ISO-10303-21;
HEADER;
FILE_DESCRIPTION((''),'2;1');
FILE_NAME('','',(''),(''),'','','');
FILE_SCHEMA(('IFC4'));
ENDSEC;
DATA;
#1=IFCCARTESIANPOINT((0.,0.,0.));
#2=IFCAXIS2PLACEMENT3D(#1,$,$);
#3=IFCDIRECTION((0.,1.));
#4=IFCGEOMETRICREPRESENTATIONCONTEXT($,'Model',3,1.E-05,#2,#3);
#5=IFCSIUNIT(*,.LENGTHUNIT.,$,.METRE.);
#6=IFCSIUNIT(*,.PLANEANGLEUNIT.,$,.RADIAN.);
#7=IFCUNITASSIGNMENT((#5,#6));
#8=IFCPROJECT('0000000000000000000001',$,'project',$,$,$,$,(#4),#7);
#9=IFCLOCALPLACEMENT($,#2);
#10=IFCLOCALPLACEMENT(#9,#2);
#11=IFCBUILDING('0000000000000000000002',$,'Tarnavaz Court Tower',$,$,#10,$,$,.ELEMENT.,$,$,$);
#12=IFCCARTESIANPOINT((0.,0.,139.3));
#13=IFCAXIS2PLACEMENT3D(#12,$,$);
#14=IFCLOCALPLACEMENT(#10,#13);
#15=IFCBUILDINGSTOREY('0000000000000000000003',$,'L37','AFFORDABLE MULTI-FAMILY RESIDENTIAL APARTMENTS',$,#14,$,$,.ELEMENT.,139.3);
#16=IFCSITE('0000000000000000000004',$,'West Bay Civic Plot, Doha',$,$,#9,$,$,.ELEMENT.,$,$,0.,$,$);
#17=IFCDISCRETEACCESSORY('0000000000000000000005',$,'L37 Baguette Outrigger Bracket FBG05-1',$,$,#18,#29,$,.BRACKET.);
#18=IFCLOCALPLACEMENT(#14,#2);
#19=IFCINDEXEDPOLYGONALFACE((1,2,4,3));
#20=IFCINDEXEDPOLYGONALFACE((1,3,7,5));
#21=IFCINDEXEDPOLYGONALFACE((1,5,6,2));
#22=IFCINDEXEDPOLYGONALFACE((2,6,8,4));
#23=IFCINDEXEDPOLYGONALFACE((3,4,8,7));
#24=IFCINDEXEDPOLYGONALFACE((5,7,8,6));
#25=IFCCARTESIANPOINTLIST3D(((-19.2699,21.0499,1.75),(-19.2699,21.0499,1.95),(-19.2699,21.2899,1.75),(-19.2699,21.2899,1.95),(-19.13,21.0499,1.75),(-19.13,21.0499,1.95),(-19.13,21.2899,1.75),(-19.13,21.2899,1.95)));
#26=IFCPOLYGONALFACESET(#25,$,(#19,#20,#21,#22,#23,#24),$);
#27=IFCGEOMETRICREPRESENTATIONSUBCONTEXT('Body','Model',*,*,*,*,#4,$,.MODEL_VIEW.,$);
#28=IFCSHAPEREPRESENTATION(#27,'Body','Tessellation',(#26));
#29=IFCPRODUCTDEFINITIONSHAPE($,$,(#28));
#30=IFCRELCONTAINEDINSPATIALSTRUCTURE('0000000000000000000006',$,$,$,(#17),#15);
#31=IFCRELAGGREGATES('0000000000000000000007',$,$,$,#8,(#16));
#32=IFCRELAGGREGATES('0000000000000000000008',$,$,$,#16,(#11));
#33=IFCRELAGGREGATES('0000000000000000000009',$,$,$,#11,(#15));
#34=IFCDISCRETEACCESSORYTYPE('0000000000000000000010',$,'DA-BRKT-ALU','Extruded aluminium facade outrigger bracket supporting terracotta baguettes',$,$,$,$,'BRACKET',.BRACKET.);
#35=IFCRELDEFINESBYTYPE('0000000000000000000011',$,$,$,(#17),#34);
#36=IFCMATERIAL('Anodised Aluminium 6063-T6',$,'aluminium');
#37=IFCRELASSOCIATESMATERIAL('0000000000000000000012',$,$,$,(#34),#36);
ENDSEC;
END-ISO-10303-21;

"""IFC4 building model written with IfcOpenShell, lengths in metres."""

from ifc_helpers import new_model, si_unit, direction, frame, origin, origin_2d, place, context, subcontext, project, spatial, rectangle, extrude, material, type_object, element, save


model = new_model("IFC4")

# Units and contexts
model_context = context("Model", 3, precision=1e-05, world=origin(), true_north=direction((0.0, 1.0)))
body_context = subcontext(model_context, "Body", "Model", "MODEL_VIEW")
ifc_project = project(units=[si_unit("LENGTHUNIT", "METRE"), si_unit("PLANEANGLEUNIT", "RADIAN")], contexts=[model_context])

# Site, building, storey
site_placement = place(None, origin())
site = spatial("IfcSite", under=ifc_project, at=site_placement, Name="West Bay Civic Plot, Doha", CompositionType="ELEMENT", RefElevation=0.0)
building_placement = place(site_placement, origin())
building = spatial("IfcBuilding", under=site, at=building_placement, Name="Tarnavaz Court Tower", CompositionType="ELEMENT")
storey_placement = place(building_placement, frame((0.0, 0.0, 139.3)))
storey = spatial("IfcBuildingStorey", under=building, at=storey_placement, Name="L37", Description="AFFORDABLE MULTI-FAMILY RESIDENTIAL APARTMENTS", CompositionType="ELEMENT", Elevation=139.3)

# Discrete accessory
ifc_material_1 = material(Name="Anodised Aluminium 6063-T6", Category="aluminium")
discrete_accessory_type = type_object("IfcDiscreteAccessoryType", Name="DA-BRKT-ALU", Description="Extruded aluminium facade outrigger bracket supporting terracotta baguettes", ElementType="BRACKET", PredefinedType="BRACKET", material=ifc_material_1)
for number, where, z_axis, x_axis, name in (
    (1, (-19.2, 21.1699, 1.75), (0.0, 0.0, 1.0), (1.0, 0.0, 0.0), "L37 Baguette Outrigger Bracket FBG05-1"),
):
    element("IfcDiscreteAccessory", number, at=place(storey_placement, frame(where, z_axis=z_axis, x_axis=x_axis)), inside=storey, type_object=discrete_accessory_type, Name=name, PredefinedType="BRACKET", context=body_context, shape_type="SweptSolid", body=[
        extrude(rectangle(XDim=0.1399, YDim=0.24, at=origin_2d()), origin(), (0.0, 0.0, 1.0), 0.2),
    ])

save(model, "model.ifc")
